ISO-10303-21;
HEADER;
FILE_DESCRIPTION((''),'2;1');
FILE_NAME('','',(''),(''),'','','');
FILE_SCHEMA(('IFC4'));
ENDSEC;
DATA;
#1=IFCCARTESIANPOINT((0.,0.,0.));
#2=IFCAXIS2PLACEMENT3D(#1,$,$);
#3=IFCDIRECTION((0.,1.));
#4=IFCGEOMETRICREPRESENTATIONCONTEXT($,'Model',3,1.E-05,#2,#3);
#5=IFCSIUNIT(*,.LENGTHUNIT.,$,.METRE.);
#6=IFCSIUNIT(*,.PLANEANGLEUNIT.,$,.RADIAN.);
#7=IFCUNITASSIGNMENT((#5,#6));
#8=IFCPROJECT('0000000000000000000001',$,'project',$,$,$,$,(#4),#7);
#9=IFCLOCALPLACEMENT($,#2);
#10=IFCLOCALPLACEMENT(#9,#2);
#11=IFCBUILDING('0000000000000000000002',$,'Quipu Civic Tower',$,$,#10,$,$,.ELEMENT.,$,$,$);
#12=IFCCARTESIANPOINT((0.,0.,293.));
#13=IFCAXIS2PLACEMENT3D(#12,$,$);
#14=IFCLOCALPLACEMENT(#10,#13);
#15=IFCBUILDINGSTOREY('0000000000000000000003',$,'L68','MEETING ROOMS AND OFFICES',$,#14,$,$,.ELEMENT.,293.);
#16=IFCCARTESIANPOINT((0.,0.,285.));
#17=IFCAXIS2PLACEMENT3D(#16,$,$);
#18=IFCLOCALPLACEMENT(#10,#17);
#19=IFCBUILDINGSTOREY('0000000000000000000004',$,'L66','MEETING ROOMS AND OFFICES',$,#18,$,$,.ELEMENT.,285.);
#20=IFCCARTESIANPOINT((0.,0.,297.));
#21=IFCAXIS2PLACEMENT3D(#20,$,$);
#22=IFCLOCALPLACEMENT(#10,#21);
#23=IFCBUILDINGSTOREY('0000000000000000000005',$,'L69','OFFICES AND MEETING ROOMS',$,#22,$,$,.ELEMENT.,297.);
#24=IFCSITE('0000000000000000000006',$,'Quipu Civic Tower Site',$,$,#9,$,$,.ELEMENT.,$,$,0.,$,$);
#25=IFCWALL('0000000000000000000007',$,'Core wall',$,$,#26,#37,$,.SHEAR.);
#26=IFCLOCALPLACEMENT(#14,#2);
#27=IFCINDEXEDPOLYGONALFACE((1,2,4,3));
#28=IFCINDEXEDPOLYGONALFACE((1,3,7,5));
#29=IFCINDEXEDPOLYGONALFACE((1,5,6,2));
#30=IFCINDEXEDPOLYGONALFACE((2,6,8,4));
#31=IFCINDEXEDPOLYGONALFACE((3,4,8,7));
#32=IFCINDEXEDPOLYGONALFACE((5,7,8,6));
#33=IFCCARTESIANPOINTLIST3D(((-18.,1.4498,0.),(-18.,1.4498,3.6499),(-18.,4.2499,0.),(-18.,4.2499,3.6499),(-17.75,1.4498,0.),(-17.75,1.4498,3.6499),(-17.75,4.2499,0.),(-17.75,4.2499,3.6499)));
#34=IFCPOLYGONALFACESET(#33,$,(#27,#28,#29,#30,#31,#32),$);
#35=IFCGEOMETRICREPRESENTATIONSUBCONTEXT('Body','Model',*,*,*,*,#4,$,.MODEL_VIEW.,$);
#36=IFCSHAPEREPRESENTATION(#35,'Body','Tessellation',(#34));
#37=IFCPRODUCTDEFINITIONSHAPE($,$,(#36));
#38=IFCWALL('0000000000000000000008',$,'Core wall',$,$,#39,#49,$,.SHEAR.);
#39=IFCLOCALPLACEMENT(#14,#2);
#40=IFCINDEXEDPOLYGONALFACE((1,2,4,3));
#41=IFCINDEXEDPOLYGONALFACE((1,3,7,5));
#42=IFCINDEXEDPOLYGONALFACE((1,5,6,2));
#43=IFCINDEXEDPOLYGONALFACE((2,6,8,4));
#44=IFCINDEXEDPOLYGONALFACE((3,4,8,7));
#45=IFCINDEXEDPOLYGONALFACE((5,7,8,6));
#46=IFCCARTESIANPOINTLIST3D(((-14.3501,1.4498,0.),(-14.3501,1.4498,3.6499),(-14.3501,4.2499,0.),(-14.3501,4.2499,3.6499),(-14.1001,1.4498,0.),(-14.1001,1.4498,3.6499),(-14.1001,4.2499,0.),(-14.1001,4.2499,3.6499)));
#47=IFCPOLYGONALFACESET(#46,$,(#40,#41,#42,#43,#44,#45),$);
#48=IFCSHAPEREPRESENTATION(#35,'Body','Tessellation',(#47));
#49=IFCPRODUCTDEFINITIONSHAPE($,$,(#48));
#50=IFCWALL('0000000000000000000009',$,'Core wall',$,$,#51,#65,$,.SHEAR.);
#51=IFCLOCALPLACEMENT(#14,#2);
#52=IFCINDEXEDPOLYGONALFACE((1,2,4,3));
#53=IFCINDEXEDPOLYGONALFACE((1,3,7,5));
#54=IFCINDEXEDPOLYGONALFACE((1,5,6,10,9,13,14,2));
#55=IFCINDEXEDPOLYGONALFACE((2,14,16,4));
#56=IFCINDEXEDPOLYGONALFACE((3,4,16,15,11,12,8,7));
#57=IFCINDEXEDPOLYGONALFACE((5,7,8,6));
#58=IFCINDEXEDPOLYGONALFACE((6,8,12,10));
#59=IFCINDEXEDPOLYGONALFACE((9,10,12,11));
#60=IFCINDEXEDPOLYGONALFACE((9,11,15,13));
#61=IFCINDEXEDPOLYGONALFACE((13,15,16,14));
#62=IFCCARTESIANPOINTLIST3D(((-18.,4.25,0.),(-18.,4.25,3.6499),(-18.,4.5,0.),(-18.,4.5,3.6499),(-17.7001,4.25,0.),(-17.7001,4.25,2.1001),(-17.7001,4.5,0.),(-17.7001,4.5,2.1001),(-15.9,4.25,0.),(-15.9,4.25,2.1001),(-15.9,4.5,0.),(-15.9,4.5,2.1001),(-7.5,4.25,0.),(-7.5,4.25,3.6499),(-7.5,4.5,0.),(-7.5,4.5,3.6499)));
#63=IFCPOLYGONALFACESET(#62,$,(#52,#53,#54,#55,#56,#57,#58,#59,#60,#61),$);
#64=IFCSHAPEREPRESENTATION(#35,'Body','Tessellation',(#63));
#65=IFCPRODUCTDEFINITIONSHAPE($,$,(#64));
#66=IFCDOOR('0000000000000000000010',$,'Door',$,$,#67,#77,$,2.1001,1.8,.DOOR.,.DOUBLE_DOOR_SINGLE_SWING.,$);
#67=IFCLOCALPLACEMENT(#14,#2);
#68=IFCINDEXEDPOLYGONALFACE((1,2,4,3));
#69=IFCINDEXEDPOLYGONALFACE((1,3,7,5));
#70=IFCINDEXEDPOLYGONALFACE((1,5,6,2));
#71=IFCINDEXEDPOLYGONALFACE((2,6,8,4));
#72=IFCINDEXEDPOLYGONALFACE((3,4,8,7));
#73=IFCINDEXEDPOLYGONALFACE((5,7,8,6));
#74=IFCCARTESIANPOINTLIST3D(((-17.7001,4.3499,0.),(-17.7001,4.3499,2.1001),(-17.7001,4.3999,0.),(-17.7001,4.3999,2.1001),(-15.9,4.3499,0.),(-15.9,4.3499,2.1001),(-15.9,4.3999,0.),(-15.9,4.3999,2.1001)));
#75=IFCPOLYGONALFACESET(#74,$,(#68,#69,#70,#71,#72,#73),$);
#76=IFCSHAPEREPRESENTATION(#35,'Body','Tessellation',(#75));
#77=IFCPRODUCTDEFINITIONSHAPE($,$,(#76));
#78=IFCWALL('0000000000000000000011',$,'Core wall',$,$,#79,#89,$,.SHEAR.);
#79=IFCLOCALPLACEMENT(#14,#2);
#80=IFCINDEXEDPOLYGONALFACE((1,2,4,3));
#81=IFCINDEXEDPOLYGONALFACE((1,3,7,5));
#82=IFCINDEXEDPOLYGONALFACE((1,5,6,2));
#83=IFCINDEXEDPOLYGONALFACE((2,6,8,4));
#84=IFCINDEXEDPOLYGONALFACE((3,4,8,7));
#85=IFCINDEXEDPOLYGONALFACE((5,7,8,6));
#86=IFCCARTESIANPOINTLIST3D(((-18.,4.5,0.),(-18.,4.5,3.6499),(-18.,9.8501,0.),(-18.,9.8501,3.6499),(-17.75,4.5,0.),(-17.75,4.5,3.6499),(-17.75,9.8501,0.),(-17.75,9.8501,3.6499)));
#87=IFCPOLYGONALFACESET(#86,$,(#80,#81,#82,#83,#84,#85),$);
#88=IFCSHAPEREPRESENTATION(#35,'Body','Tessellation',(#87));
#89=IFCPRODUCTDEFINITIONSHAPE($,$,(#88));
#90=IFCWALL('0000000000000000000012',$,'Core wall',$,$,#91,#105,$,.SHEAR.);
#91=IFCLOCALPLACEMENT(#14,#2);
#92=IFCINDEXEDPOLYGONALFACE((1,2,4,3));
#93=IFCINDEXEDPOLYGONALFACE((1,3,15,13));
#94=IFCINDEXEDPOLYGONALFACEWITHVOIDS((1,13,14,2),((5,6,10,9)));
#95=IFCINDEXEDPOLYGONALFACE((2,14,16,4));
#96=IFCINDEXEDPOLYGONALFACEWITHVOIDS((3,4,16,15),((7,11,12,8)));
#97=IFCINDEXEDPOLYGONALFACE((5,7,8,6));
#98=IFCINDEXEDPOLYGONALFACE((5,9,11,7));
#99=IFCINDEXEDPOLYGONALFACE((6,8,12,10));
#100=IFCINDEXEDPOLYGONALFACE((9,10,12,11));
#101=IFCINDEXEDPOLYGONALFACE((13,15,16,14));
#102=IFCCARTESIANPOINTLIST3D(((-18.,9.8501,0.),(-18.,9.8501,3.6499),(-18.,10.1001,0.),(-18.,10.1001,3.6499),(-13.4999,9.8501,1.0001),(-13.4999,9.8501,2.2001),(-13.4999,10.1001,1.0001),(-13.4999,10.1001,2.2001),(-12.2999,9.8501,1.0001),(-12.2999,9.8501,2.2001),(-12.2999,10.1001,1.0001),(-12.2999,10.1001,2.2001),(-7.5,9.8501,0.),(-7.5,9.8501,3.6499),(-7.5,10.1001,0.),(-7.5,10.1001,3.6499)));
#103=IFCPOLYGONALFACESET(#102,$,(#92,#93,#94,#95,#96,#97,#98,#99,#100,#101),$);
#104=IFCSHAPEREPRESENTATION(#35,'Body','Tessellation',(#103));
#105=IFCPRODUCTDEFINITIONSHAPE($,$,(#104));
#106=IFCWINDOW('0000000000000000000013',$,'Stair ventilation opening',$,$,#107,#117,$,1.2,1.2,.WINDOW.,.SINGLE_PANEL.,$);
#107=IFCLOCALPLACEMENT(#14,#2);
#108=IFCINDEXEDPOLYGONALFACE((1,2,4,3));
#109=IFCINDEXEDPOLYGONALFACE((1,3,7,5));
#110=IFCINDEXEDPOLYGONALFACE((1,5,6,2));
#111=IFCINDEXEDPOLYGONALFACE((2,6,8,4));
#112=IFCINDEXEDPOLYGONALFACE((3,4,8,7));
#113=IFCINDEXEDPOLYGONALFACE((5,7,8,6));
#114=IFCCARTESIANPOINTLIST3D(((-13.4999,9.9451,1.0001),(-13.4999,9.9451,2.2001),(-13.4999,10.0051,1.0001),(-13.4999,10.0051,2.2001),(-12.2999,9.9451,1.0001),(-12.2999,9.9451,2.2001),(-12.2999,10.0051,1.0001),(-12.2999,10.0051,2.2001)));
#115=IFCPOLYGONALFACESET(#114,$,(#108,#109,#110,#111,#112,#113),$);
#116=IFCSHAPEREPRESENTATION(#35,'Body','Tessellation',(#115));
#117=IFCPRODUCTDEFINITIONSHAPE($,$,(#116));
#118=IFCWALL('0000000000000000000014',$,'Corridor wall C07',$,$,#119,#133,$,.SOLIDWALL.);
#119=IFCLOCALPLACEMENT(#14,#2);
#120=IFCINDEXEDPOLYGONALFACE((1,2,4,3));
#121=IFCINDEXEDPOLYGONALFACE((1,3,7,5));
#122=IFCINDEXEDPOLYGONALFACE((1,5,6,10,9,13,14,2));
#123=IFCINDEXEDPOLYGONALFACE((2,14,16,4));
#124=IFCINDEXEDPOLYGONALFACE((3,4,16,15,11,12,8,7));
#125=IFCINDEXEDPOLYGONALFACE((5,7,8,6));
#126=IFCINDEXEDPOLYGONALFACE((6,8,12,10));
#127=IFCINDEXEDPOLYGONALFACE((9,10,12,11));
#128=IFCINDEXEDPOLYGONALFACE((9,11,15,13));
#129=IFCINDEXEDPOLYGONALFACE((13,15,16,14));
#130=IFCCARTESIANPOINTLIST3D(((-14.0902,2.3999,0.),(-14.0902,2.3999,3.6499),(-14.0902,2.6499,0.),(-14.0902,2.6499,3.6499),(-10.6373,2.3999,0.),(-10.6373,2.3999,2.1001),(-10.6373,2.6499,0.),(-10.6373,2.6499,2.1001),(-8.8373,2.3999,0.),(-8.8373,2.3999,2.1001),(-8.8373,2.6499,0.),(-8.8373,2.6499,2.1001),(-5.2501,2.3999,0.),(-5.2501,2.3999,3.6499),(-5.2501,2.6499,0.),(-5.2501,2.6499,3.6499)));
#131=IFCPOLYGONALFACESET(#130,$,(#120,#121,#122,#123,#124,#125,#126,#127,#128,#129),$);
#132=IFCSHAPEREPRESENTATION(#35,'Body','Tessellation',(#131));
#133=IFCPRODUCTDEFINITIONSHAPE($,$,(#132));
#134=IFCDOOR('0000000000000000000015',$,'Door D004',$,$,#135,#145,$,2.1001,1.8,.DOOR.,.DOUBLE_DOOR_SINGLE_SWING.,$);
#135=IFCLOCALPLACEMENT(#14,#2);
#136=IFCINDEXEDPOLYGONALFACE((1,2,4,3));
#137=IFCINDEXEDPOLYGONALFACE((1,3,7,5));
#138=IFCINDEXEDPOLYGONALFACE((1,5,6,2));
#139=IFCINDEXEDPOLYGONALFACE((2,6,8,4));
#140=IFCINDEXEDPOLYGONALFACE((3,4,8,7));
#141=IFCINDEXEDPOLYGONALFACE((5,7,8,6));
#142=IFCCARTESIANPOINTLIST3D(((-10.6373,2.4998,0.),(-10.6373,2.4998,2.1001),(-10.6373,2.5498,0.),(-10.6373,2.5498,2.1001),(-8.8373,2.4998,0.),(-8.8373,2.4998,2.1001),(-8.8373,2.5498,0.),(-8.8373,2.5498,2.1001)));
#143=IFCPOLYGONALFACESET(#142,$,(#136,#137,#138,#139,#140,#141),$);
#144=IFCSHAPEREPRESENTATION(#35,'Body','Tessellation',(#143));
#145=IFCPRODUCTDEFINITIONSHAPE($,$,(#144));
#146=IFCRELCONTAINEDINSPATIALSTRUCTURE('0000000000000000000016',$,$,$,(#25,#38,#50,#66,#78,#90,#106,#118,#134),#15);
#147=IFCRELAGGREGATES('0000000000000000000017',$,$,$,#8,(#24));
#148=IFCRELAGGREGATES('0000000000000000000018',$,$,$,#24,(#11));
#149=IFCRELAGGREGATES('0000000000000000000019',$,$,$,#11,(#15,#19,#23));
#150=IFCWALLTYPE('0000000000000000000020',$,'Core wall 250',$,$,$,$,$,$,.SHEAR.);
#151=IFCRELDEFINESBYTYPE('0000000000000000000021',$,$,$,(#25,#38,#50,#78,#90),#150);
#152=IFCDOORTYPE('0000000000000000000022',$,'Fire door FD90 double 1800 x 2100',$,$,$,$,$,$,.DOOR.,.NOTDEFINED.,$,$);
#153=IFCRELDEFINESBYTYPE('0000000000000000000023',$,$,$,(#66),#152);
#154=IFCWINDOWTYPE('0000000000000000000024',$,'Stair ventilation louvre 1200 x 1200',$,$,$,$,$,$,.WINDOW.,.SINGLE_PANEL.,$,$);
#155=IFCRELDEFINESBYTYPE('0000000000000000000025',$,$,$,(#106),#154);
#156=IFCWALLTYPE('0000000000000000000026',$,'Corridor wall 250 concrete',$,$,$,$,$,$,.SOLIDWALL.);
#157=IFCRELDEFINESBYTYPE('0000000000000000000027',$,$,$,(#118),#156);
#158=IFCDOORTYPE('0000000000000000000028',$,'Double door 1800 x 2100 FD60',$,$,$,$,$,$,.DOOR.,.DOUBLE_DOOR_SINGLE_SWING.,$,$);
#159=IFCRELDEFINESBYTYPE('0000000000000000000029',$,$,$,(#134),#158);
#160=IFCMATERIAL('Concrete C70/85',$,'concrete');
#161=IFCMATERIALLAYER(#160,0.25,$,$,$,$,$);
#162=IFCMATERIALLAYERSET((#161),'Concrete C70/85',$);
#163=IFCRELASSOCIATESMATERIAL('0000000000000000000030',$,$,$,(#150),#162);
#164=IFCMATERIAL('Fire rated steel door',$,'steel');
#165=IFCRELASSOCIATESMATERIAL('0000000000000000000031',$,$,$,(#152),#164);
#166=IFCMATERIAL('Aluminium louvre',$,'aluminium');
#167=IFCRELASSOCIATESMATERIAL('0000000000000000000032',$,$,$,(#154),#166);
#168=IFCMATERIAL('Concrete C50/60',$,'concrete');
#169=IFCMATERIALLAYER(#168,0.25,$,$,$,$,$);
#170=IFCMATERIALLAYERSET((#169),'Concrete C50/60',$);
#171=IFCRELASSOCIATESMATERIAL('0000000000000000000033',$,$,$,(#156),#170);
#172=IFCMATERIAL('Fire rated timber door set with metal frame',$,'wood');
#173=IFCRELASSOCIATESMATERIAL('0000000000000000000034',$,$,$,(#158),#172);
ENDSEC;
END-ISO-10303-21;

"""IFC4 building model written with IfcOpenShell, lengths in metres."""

from ifc_helpers import new_model, si_unit, direction, frame, frame_2d, origin, place, context, subcontext, project, spatial, rectangle, extrude, material, layer, layer_set, type_object, element, fill, save


model = new_model("IFC4")

# Units and contexts
model_context = context("Model", 3, precision=1e-05, world=origin(), true_north=direction((0.0, 1.0)))
body_context = subcontext(model_context, "Body", "Model", "MODEL_VIEW")
ifc_project = project(units=[si_unit("LENGTHUNIT", "METRE"), si_unit("PLANEANGLEUNIT", "RADIAN")], contexts=[model_context])

# Site, building, storey
site_placement = place(None, origin())
site = spatial("IfcSite", under=ifc_project, at=site_placement, Name="Quipu Civic Tower Site", CompositionType="ELEMENT", RefElevation=0.0)
building_placement = place(site_placement, origin())
building = spatial("IfcBuilding", under=site, at=building_placement, Name="Quipu Civic Tower", CompositionType="ELEMENT")
storey_1_placement = place(building_placement, frame((0.0, 0.0, 293.0)))
storey_1 = spatial("IfcBuildingStorey", under=building, at=storey_1_placement, Name="L68", Description="MEETING ROOMS AND OFFICES", CompositionType="ELEMENT", Elevation=293.0)

# Shared definitions
storey_2_placement = place(building_placement, frame((0.0, 0.0, 285.0)))
storey_2 = spatial("IfcBuildingStorey", under=building, at=storey_2_placement, Name="L66", Description="MEETING ROOMS AND OFFICES", CompositionType="ELEMENT", Elevation=285.0)

# Shared definitions
storey_3_placement = place(building_placement, frame((0.0, 0.0, 297.0)))
storey_3 = spatial("IfcBuildingStorey", under=building, at=storey_3_placement, Name="L69", Description="OFFICES AND MEETING ROOMS", CompositionType="ELEMENT", Elevation=297.0)

# Shared definitions
ifc_material_1 = material(Name="Concrete C70/85", Category="concrete")
ifc_layer_1 = layer(ifc_material_1, 0.25)
ifc_layer_set_1 = layer_set([ifc_layer_1], Name="Concrete C70/85")
wall_type_1 = type_object("IfcWallType", Name="Core wall 250", PredefinedType="SHEAR", material=ifc_layer_set_1)
ifc_material_2 = material(Name="Fire rated steel door", Category="steel")
door_type_1 = type_object("IfcDoorType", Name="Fire door FD90 double 1800 x 2100", OperationType="NOTDEFINED", PredefinedType="DOOR", material=ifc_material_2)

# Walls
for number, where, z_axis, x_axis, name in (
    (1, (-17.875, 1.45, 0.0), (0.0, 0.0, 1.0), (0.0, 1.0, 0.0), "Core wall"),
    (2, (-14.2251, 1.45, 0.0), (0.0, 0.0, 1.0), (0.0, 1.0, 0.0), "Core wall"),
):
    element("IfcWall", number, at=place(storey_1_placement, frame(where, z_axis=z_axis, x_axis=x_axis)), inside=storey_1, type_object=wall_type_1, Name=name, PredefinedType="SHEAR", context=body_context, shape_type="SweptSolid", body=[
        extrude(rectangle(XDim=2.8, YDim=0.25, at=frame_2d((1.3999, 0.0))), origin(), (0.0, 0.0, 1.0), 3.6499),
    ])

# Wall, opening, door
wall_1_placement = place(storey_1_placement, frame((-18.0, 4.375, 0.0), z_axis=(0.0, 0.0, 1.0), x_axis=(1.0, 0.0, 0.0)))
wall_1 = element("IfcWall", 3, at=wall_1_placement, inside=storey_1, type_object=wall_type_1, Name="Core wall", PredefinedType="SHEAR", context=body_context, shape_type="SweptSolid", body=[
    extrude(rectangle(XDim=10.5, YDim=0.25, at=frame_2d((5.25, 0.0))), origin(), (0.0, 0.0, 1.0), 3.6499),
])
opening_1_placement = place(wall_1_placement, frame((0.3, 0.0, 0.0)))
opening_1 = element("IfcOpeningElement", 4, at=opening_1_placement, cuts=wall_1, PredefinedType="OPENING", context=body_context, shape_type="SweptSolid", body=[
    extrude(rectangle(XDim=1.8, YDim=2.1001, at=frame_2d((0.8999, 1.05))), frame((0.0, 0.135, 0.0), z_axis=(0.0, -1.0, 0.0), x_axis=(1.0, 0.0, 0.0)), (0.0, 0.0, 1.0), 0.27),
])
door_1_placement = place(opening_1_placement, origin())
door_1 = element("IfcDoor", 5, at=door_1_placement, inside=storey_1, type_object=door_type_1, Name="Door", OperationType="DOUBLE_DOOR_SINGLE_SWING", OverallHeight=2.1001, OverallWidth=1.8, PredefinedType="DOOR", context=body_context, shape_type="SweptSolid", body=[
    extrude(rectangle(XDim=1.8, YDim=2.1001, at=frame_2d((0.8999, 1.05))), frame((0.0, 0.0249, 0.0), z_axis=(0.0, -1.0, 0.0), x_axis=(1.0, 0.0, 0.0)), (0.0, 0.0, 1.0), 0.05),
])
fill(opening_1, door_1)

# Wall
wall_2_placement = place(storey_1_placement, frame((-17.875, 4.5, 0.0), z_axis=(0.0, 0.0, 1.0), x_axis=(0.0, 1.0, 0.0)))
element("IfcWall", 6, at=wall_2_placement, inside=storey_1, type_object=wall_type_1, Name="Core wall", PredefinedType="SHEAR", context=body_context, shape_type="SweptSolid", body=[
    extrude(rectangle(XDim=5.3501, YDim=0.25, at=frame_2d((2.675, 0.0))), origin(), (0.0, 0.0, 1.0), 3.6499),
])

# Wall, opening, window
wall_3_placement = place(storey_1_placement, frame((-18.0, 9.9751, 0.0), z_axis=(0.0, 0.0, 1.0), x_axis=(1.0, 0.0, 0.0)))
wall_3 = element("IfcWall", 7, at=wall_3_placement, inside=storey_1, type_object=wall_type_1, Name="Core wall", PredefinedType="SHEAR", context=body_context, shape_type="SweptSolid", body=[
    extrude(rectangle(XDim=10.5, YDim=0.25, at=frame_2d((5.25, 0.0))), origin(), (0.0, 0.0, 1.0), 3.6499),
])
opening_2_placement = place(wall_3_placement, frame((4.5, 0.0, 1.0)))
opening_2 = element("IfcOpeningElement", 8, at=opening_2_placement, cuts=wall_3, PredefinedType="OPENING", context=body_context, shape_type="SweptSolid", body=[
    extrude(rectangle(XDim=1.2, YDim=1.2, at=frame_2d((0.6001, 0.6001))), frame((0.0, 0.135, 0.0), z_axis=(0.0, -1.0, 0.0), x_axis=(1.0, 0.0, 0.0)), (0.0, 0.0, 1.0), 0.27),
])
ifc_material_3 = material(Name="Aluminium louvre", Category="aluminium")
window_type = type_object("IfcWindowType", Name="Stair ventilation louvre 1200 x 1200", PartitioningType="SINGLE_PANEL", PredefinedType="WINDOW", material=ifc_material_3)
window_placement = place(opening_2_placement, origin())
window = element("IfcWindow", 9, at=window_placement, inside=storey_1, type_object=window_type, Name="Stair ventilation opening", OverallHeight=1.2, OverallWidth=1.2, PartitioningType="SINGLE_PANEL", PredefinedType="WINDOW", context=body_context, shape_type="SweptSolid", body=[
    extrude(rectangle(XDim=1.2, YDim=1.2, at=frame_2d((0.6001, 0.6001))), frame((0.0, 0.03, 0.0), z_axis=(0.0, -1.0, 0.0), x_axis=(1.0, 0.0, 0.0)), (0.0, 0.0, 1.0), 0.0601),
])
fill(opening_2, window)

# Wall, opening, door
ifc_material_4 = material(Name="Concrete C50/60", Category="concrete")
ifc_layer_2 = layer(ifc_material_4, 0.25)
ifc_layer_set_2 = layer_set([ifc_layer_2], Name="Concrete C50/60")
wall_type_2 = type_object("IfcWallType", Name="Corridor wall 250 concrete", PredefinedType="SOLIDWALL", material=ifc_layer_set_2)
wall_4_placement = place(storey_1_placement, frame((-14.0901, 2.5249, 0.0), z_axis=(0.0, 0.0, 1.0), x_axis=(1.0, 0.0, 0.0)))
wall_4 = element("IfcWall", 10, at=wall_4_placement, inside=storey_1, type_object=wall_type_2, Name="Corridor wall C07", PredefinedType="SOLIDWALL", context=body_context, shape_type="SweptSolid", body=[
    extrude(rectangle(XDim=8.8401, YDim=0.25, at=frame_2d((4.4199, 0.0))), origin(), (0.0, 0.0, 1.0), 3.6499),
])
opening_3_placement = place(wall_4_placement, frame((3.4529, 0.0, 0.0)))
opening_3 = element("IfcOpeningElement", 11, at=opening_3_placement, cuts=wall_4, PredefinedType="OPENING", context=body_context, shape_type="SweptSolid", body=[
    extrude(rectangle(XDim=1.8, YDim=2.1001, at=frame_2d((0.8999, 1.05))), frame((0.0, 0.135, 0.0), z_axis=(0.0, -1.0, 0.0), x_axis=(1.0, 0.0, 0.0)), (0.0, 0.0, 1.0), 0.27),
])
ifc_material_5 = material(Name="Fire rated timber door set with metal frame", Category="wood")
door_type_2 = type_object("IfcDoorType", Name="Double door 1800 x 2100 FD60", OperationType="DOUBLE_DOOR_SINGLE_SWING", PredefinedType="DOOR", material=ifc_material_5)
door_2_placement = place(opening_3_placement, origin())
door_2 = element("IfcDoor", 12, at=door_2_placement, inside=storey_1, type_object=door_type_2, Name="Door D004", OperationType="DOUBLE_DOOR_SINGLE_SWING", OverallHeight=2.1001, OverallWidth=1.8, PredefinedType="DOOR", context=body_context, shape_type="SweptSolid", body=[
    extrude(rectangle(XDim=1.8, YDim=2.1001, at=frame_2d((0.8999, 1.05))), frame((0.0, 0.0249, 0.0), z_axis=(0.0, -1.0, 0.0), x_axis=(1.0, 0.0, 0.0)), (0.0, 0.0, 1.0), 0.05),
])
fill(opening_3, door_2)

save(model, "model.ifc")
